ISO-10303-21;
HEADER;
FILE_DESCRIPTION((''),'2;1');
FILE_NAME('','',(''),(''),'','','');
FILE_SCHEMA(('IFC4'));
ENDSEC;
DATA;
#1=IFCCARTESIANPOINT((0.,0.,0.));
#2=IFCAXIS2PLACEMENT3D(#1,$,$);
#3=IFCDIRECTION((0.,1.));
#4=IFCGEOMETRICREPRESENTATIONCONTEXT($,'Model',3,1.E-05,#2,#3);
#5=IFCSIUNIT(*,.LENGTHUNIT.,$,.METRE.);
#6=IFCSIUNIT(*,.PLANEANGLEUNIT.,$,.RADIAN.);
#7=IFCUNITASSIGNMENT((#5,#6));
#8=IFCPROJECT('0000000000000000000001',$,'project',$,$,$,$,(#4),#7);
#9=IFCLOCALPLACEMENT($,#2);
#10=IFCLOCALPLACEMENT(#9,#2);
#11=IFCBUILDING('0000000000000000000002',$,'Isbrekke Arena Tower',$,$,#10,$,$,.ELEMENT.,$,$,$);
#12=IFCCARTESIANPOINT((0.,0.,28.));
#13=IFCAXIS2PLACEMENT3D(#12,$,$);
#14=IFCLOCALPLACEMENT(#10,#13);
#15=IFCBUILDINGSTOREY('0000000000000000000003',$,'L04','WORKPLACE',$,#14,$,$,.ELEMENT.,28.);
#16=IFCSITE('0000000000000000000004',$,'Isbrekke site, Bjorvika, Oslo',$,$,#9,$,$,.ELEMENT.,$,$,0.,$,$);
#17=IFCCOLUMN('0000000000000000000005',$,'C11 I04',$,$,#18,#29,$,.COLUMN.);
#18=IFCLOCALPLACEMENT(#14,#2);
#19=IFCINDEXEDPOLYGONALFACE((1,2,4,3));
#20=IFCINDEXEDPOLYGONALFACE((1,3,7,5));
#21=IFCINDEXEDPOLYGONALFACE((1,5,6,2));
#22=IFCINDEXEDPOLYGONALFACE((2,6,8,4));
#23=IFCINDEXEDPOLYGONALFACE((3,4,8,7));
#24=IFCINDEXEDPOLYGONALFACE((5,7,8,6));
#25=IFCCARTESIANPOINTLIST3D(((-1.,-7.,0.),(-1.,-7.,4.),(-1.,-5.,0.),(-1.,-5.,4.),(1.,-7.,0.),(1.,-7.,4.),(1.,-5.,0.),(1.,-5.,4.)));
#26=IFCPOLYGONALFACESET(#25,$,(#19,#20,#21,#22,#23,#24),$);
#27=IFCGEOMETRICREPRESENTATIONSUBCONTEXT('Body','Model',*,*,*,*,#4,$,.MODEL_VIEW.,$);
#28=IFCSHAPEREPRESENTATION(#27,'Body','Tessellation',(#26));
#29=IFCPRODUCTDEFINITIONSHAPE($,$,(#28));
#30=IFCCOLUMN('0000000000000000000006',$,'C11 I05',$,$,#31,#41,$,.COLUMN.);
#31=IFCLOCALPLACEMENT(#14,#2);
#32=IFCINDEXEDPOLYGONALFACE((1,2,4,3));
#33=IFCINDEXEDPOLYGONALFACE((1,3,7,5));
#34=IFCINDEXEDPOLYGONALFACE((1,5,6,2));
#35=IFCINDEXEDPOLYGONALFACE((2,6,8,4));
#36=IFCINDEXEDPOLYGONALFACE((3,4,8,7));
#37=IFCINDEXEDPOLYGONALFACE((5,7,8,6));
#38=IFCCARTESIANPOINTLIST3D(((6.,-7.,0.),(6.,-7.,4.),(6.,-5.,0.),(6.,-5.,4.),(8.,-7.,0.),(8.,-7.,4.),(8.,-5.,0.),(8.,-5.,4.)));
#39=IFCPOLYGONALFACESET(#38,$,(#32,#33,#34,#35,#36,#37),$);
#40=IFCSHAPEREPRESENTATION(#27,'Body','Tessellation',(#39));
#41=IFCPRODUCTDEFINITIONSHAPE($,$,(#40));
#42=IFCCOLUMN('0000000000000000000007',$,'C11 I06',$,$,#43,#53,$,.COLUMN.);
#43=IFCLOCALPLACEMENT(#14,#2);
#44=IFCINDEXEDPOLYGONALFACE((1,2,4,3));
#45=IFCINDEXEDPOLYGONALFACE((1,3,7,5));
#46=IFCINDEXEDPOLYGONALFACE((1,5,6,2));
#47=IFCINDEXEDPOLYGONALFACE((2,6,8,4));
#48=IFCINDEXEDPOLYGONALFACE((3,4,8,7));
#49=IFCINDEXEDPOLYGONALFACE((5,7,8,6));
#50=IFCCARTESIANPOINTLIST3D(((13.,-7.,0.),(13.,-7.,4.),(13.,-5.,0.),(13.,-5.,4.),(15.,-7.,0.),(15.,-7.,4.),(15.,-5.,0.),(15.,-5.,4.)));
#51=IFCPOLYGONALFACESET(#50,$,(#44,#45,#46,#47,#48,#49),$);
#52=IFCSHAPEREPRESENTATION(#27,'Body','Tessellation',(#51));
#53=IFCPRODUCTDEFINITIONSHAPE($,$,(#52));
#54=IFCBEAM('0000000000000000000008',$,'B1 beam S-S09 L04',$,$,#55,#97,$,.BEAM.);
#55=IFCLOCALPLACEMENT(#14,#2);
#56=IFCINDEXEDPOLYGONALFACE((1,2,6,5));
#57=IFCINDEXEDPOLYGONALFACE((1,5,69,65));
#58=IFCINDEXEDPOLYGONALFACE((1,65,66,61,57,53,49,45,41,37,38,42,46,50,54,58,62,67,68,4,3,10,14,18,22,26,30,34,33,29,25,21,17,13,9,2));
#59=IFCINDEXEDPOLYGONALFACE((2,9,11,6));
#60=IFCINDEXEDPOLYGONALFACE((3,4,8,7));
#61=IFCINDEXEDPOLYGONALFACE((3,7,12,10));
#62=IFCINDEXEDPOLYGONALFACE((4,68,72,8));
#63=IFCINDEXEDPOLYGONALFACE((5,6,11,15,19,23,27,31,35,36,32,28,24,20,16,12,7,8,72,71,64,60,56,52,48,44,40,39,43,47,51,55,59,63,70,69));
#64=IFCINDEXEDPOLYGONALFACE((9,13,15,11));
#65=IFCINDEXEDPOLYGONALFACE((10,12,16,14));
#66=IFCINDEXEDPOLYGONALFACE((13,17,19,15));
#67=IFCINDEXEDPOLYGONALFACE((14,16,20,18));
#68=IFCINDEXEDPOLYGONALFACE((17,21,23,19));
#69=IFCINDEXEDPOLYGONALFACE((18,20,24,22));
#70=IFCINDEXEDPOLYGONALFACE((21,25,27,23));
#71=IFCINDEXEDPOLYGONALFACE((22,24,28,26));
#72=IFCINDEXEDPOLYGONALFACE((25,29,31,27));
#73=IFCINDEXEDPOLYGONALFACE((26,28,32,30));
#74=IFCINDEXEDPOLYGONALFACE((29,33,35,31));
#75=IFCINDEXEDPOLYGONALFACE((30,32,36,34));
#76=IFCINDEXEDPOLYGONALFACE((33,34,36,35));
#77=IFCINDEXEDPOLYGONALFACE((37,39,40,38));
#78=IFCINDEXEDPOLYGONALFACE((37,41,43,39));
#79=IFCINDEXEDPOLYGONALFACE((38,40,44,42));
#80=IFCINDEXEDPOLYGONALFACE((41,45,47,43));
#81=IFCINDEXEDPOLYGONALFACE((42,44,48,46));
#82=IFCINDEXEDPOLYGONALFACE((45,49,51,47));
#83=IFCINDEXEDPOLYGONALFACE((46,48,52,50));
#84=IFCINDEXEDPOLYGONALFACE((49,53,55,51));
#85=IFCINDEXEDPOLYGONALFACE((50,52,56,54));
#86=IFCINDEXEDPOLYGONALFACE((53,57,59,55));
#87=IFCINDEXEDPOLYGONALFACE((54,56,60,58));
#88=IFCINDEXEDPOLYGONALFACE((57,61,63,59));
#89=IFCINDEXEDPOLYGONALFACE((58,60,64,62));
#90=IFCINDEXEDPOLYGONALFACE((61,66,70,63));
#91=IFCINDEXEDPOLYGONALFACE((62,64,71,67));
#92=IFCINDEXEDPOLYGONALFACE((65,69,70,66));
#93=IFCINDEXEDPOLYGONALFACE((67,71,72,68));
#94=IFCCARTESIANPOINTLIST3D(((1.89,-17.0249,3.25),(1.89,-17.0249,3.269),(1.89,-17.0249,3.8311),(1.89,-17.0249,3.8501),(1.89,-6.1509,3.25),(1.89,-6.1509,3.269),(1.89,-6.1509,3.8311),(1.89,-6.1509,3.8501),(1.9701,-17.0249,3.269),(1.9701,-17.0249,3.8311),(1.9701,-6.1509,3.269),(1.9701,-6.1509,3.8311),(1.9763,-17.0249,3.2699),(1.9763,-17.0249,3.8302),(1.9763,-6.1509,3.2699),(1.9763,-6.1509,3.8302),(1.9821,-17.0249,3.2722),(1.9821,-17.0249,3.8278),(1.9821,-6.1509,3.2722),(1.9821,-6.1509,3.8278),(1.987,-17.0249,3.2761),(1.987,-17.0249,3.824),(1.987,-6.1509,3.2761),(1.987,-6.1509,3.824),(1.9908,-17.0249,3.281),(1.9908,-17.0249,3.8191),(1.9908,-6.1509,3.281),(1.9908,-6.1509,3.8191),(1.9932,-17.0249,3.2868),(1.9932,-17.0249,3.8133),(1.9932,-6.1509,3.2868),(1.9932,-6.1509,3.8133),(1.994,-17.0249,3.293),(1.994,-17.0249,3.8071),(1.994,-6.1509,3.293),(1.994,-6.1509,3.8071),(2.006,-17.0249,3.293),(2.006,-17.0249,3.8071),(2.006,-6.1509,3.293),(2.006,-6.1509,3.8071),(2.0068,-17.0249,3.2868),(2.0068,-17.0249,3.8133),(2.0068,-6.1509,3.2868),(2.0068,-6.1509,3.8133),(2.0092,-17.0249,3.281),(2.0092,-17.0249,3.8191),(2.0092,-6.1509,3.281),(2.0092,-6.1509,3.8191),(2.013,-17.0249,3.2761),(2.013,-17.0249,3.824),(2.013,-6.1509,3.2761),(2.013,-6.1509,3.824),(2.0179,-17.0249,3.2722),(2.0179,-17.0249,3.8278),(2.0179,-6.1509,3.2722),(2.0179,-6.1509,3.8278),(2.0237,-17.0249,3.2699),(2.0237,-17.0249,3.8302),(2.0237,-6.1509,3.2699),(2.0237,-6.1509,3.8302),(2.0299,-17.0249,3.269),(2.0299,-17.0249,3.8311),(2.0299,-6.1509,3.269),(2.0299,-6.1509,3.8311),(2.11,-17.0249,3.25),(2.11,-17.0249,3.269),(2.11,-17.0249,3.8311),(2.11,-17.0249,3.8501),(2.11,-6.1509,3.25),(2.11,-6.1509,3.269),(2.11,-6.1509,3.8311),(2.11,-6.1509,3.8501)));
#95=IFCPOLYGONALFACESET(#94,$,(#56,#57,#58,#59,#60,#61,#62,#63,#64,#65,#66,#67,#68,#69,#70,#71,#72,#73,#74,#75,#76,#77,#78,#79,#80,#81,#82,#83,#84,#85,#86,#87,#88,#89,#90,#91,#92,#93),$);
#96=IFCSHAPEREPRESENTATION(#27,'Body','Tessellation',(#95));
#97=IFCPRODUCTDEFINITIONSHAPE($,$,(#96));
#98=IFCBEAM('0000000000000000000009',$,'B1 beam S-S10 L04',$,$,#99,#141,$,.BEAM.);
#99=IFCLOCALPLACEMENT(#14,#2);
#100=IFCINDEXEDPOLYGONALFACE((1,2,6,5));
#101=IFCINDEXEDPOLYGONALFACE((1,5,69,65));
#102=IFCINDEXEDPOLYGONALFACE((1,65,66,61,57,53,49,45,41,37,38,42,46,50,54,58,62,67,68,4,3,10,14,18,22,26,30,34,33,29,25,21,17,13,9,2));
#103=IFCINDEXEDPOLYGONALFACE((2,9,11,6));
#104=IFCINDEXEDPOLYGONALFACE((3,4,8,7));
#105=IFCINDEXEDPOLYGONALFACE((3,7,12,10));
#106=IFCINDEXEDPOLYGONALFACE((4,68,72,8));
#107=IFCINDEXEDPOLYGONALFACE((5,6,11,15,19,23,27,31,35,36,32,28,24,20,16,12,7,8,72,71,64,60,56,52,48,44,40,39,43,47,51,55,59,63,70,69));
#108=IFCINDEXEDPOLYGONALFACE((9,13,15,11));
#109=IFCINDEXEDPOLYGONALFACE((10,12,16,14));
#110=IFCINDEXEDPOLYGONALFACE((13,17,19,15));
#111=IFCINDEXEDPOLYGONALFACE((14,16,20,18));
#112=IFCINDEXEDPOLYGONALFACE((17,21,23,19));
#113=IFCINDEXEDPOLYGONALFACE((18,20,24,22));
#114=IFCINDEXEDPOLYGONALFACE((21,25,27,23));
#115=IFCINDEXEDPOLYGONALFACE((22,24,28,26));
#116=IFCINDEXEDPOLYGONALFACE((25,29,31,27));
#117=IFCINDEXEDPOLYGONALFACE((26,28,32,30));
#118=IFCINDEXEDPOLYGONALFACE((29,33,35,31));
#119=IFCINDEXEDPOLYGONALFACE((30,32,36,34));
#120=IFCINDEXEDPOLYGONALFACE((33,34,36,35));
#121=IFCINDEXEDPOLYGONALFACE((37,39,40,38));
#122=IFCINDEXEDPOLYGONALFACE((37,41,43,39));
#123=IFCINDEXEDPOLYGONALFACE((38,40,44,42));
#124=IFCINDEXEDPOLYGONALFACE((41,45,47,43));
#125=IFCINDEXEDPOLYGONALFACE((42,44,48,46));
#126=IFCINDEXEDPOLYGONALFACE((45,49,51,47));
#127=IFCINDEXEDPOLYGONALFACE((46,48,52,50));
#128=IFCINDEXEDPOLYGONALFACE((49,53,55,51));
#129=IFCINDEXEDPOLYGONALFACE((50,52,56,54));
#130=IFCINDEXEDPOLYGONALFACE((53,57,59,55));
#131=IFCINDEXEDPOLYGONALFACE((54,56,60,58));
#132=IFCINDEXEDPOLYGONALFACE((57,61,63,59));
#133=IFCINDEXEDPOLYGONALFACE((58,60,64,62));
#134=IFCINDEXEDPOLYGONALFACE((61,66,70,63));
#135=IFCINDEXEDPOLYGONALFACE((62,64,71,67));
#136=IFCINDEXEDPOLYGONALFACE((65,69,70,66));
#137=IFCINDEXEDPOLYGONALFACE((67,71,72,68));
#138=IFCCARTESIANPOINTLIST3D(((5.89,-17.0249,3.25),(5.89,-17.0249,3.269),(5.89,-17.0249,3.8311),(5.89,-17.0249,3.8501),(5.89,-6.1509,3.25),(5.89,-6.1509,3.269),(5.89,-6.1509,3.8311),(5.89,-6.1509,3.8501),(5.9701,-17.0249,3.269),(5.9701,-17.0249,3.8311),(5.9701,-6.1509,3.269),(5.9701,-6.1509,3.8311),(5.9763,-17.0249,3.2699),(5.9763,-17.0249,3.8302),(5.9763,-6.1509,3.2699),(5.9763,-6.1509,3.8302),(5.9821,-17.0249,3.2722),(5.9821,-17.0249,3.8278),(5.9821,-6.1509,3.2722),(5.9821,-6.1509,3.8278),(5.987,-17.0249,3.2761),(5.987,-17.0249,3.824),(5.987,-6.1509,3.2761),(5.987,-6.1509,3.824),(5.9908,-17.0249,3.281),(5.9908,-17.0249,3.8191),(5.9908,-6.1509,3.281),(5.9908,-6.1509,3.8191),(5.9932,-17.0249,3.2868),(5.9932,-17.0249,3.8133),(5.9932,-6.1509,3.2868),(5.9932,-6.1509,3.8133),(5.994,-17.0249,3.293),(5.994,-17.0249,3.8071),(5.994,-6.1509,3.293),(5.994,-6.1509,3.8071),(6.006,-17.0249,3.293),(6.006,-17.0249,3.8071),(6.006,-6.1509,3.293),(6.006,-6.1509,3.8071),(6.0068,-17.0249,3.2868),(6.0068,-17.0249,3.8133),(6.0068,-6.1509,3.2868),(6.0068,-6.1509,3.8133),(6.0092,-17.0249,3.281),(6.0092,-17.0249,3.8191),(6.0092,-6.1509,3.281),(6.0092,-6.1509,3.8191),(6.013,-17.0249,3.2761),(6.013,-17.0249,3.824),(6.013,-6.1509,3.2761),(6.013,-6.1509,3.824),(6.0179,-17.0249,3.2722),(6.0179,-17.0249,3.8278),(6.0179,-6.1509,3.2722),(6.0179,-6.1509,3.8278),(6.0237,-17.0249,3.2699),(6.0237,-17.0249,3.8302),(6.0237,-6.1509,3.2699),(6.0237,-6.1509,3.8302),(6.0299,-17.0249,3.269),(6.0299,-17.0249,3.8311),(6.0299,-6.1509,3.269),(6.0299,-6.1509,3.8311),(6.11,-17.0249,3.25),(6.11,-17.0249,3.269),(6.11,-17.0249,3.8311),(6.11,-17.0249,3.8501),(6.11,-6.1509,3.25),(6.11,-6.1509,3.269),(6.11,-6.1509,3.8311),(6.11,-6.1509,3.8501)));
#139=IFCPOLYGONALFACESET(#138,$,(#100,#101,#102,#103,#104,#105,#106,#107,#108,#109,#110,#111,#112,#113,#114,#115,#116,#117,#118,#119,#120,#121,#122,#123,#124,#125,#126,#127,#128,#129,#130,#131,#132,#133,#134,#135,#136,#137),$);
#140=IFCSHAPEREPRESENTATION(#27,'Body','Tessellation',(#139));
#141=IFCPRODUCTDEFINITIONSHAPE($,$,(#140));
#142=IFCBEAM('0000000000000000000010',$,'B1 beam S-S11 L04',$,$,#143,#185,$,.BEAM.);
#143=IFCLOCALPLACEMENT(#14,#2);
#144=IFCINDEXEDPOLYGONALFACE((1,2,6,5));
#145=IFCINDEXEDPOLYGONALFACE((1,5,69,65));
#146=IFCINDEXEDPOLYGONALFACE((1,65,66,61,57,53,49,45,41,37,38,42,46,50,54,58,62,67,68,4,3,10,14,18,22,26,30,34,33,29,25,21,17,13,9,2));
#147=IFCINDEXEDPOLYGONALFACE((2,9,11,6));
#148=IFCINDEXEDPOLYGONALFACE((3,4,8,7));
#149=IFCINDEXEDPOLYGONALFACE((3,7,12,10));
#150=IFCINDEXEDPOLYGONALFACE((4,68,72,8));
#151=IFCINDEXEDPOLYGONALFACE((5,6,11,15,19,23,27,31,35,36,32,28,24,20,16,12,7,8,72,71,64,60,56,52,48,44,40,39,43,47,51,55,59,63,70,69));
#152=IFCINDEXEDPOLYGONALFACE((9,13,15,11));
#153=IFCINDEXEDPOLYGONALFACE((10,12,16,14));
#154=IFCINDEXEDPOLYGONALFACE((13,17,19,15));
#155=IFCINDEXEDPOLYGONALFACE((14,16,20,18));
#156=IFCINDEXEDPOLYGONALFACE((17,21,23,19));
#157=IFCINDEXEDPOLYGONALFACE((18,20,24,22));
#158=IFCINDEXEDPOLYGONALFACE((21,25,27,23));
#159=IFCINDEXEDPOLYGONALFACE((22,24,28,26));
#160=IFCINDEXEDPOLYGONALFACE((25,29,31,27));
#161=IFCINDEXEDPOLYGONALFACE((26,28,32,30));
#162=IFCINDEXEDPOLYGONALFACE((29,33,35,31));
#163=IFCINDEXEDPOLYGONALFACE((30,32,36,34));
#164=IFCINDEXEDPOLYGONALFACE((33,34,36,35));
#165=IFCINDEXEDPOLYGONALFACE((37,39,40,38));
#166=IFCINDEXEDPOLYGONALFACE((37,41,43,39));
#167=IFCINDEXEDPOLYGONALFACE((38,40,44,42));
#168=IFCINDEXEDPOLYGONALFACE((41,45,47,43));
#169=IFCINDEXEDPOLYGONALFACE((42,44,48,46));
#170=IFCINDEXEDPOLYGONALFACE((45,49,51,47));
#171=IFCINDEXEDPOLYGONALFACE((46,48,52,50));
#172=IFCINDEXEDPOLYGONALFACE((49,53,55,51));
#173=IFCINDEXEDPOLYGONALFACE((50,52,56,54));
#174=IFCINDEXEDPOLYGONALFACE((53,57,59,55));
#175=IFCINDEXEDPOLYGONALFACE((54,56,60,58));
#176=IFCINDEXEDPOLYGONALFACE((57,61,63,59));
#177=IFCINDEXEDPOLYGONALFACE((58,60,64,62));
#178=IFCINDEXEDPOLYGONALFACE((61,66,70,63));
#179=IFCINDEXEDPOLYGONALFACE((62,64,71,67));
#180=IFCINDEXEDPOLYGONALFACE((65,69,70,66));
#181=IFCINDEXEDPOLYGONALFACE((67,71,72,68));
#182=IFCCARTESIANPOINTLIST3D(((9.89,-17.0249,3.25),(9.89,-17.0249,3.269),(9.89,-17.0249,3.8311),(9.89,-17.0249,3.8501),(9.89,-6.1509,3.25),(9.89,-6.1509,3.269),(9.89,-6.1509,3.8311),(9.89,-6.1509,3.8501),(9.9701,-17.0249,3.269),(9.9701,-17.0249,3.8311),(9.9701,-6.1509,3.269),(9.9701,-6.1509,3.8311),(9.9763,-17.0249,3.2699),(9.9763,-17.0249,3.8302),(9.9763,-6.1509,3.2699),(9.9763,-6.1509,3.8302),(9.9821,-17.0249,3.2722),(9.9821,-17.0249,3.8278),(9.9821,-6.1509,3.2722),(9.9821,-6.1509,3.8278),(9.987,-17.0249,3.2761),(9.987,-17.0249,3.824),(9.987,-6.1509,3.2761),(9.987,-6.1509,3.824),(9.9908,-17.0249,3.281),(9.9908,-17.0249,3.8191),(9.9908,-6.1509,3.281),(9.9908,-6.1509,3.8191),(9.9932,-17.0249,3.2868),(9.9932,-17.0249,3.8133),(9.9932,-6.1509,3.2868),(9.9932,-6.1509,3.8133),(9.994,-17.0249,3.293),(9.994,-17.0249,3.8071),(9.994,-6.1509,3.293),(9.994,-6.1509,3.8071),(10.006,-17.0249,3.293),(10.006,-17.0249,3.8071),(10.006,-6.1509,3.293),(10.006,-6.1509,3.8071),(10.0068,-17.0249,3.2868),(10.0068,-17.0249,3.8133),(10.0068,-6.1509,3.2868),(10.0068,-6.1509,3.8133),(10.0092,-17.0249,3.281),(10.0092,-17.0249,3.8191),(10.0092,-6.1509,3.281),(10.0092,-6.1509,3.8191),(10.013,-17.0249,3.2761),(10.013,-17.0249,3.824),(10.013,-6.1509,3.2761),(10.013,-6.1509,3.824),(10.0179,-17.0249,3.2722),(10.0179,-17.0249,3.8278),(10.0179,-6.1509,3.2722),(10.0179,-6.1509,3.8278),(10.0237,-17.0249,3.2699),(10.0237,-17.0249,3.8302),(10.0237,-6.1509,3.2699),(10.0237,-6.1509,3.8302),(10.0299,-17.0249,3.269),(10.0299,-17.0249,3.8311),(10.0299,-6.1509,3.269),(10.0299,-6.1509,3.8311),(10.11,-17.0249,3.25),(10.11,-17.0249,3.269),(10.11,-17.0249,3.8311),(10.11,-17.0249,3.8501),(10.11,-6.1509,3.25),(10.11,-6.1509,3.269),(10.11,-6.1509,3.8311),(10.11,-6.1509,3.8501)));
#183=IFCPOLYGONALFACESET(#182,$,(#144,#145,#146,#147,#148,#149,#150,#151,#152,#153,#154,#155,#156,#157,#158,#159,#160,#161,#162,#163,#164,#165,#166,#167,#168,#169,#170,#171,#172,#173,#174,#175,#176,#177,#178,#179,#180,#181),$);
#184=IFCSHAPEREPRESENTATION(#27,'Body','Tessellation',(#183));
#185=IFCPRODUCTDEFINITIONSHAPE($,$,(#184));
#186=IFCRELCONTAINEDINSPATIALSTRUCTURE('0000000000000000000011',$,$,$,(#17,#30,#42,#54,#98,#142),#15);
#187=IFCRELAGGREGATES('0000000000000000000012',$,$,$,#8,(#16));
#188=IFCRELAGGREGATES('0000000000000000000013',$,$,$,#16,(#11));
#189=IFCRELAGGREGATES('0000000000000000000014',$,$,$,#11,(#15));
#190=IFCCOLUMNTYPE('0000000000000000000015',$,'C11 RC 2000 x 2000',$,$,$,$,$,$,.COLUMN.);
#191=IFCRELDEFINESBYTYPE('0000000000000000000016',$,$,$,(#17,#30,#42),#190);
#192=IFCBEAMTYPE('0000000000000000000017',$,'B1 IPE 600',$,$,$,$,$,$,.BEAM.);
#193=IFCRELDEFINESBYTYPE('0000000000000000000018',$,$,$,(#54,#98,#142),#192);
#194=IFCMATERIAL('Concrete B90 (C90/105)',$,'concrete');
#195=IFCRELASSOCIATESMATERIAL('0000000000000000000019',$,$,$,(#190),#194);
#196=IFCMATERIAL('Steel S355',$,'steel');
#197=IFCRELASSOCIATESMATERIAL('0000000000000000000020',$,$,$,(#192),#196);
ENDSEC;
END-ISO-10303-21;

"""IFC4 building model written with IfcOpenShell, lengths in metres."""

from ifc_helpers import new_model, si_unit, direction, frame, origin, origin_2d, place, context, subcontext, project, spatial, rectangle, i_section, extrude, material, material_profile, profile_set, type_object, element, save


model = new_model("IFC4")

# Units and contexts
model_context = context("Model", 3, precision=1e-05, world=origin(), true_north=direction((0.0, 1.0)))
body_context = subcontext(model_context, "Body", "Model", "MODEL_VIEW")
ifc_project = project(units=[si_unit("LENGTHUNIT", "METRE"), si_unit("PLANEANGLEUNIT", "RADIAN")], contexts=[model_context])

# Site, building, storey
site_placement = place(None, origin())
site = spatial("IfcSite", under=ifc_project, at=site_placement, Name="Isbrekke site, Bjorvika, Oslo", CompositionType="ELEMENT", RefElevation=0.0)
building_placement = place(site_placement, origin())
building = spatial("IfcBuilding", under=site, at=building_placement, Name="Isbrekke Arena Tower", CompositionType="ELEMENT")
storey_placement = place(building_placement, frame((0.0, 0.0, 28.0)))
storey = spatial("IfcBuildingStorey", under=building, at=storey_placement, Name="L04", Description="WORKPLACE", CompositionType="ELEMENT", Elevation=28.0)

# Columns
ifc_material_1 = material(Name="Concrete B90 (C90/105)", Category="concrete")
ifc_material_profile_1 = material_profile(ifc_material_1, rectangle(XDim=2.0, YDim=2.0, at=origin_2d()), Name="RC 2000x2000")
ifc_profile_set_1 = profile_set([ifc_material_profile_1], Name="Concrete B90 (C90/105)")
column_type = type_object("IfcColumnType", Name="C11 RC 2000 x 2000", PredefinedType="COLUMN", material=ifc_profile_set_1)
for number, where, z_axis, x_axis, name in (
    (1, (0.0, -6.0, 0.0), (0.0, 0.0, 1.0), (1.0, 0.0, 0.0), "C11 I04"),
    (2, (7.0, -6.0, 0.0), (0.0, 0.0, 1.0), (1.0, 0.0, 0.0), "C11 I05"),
    (3, (14.0, -6.0, 0.0), (0.0, 0.0, 1.0), (1.0, 0.0, 0.0), "C11 I06"),
):
    element("IfcColumn", number, at=place(storey_placement, frame(where, z_axis=z_axis, x_axis=x_axis)), inside=storey, type_object=column_type, Name=name, PredefinedType="COLUMN", context=body_context, shape_type="SweptSolid", body=[
        extrude(rectangle(XDim=2.0, YDim=2.0, at=origin_2d()), origin(), (0.0, 0.0, 1.0), 4.0),
    ])

# Beams
ifc_material_2 = material(Name="Steel S355", Category="steel")
ifc_material_profile_2 = material_profile(ifc_material_2, i_section(OverallWidth=0.22, OverallDepth=0.6001, WebThickness=0.012, FlangeThickness=0.019, FilletRadius=0.0239, at=origin_2d()), Name="IPE 600")
ifc_profile_set_2 = profile_set([ifc_material_profile_2], Name="Steel S355")
beam_type_1 = type_object("IfcBeamType", Name="B1 IPE 600", PredefinedType="BEAM", material=ifc_profile_set_2)
for number, where, z_axis, x_axis, name in (
    (4, (2.0, -17.0249, 3.55), (0.0, 1.0, 0.0), (-1.0, 0.0, 0.0), "B1 beam S-S09 L04"),
    (5, (6.0, -17.0249, 3.55), (0.0, 1.0, 0.0), (-1.0, 0.0, 0.0), "B1 beam S-S10 L04"),
    (6, (10.0, -17.0249, 3.55), (0.0, 1.0, 0.0), (-1.0, 0.0, 0.0), "B1 beam S-S11 L04"),
):
    element("IfcBeam", number, at=place(storey_placement, frame(where, z_axis=z_axis, x_axis=x_axis)), inside=storey, type_object=beam_type_1, Name=name, PredefinedType="BEAM", context=body_context, shape_type="SweptSolid", body=[
        extrude(i_section(OverallWidth=0.22, OverallDepth=0.6001, WebThickness=0.012, FlangeThickness=0.019, FilletRadius=0.0239, at=origin_2d()), origin(), (0.0, 0.0, 1.0), 10.874),
    ])

save(model, "model.ifc")
